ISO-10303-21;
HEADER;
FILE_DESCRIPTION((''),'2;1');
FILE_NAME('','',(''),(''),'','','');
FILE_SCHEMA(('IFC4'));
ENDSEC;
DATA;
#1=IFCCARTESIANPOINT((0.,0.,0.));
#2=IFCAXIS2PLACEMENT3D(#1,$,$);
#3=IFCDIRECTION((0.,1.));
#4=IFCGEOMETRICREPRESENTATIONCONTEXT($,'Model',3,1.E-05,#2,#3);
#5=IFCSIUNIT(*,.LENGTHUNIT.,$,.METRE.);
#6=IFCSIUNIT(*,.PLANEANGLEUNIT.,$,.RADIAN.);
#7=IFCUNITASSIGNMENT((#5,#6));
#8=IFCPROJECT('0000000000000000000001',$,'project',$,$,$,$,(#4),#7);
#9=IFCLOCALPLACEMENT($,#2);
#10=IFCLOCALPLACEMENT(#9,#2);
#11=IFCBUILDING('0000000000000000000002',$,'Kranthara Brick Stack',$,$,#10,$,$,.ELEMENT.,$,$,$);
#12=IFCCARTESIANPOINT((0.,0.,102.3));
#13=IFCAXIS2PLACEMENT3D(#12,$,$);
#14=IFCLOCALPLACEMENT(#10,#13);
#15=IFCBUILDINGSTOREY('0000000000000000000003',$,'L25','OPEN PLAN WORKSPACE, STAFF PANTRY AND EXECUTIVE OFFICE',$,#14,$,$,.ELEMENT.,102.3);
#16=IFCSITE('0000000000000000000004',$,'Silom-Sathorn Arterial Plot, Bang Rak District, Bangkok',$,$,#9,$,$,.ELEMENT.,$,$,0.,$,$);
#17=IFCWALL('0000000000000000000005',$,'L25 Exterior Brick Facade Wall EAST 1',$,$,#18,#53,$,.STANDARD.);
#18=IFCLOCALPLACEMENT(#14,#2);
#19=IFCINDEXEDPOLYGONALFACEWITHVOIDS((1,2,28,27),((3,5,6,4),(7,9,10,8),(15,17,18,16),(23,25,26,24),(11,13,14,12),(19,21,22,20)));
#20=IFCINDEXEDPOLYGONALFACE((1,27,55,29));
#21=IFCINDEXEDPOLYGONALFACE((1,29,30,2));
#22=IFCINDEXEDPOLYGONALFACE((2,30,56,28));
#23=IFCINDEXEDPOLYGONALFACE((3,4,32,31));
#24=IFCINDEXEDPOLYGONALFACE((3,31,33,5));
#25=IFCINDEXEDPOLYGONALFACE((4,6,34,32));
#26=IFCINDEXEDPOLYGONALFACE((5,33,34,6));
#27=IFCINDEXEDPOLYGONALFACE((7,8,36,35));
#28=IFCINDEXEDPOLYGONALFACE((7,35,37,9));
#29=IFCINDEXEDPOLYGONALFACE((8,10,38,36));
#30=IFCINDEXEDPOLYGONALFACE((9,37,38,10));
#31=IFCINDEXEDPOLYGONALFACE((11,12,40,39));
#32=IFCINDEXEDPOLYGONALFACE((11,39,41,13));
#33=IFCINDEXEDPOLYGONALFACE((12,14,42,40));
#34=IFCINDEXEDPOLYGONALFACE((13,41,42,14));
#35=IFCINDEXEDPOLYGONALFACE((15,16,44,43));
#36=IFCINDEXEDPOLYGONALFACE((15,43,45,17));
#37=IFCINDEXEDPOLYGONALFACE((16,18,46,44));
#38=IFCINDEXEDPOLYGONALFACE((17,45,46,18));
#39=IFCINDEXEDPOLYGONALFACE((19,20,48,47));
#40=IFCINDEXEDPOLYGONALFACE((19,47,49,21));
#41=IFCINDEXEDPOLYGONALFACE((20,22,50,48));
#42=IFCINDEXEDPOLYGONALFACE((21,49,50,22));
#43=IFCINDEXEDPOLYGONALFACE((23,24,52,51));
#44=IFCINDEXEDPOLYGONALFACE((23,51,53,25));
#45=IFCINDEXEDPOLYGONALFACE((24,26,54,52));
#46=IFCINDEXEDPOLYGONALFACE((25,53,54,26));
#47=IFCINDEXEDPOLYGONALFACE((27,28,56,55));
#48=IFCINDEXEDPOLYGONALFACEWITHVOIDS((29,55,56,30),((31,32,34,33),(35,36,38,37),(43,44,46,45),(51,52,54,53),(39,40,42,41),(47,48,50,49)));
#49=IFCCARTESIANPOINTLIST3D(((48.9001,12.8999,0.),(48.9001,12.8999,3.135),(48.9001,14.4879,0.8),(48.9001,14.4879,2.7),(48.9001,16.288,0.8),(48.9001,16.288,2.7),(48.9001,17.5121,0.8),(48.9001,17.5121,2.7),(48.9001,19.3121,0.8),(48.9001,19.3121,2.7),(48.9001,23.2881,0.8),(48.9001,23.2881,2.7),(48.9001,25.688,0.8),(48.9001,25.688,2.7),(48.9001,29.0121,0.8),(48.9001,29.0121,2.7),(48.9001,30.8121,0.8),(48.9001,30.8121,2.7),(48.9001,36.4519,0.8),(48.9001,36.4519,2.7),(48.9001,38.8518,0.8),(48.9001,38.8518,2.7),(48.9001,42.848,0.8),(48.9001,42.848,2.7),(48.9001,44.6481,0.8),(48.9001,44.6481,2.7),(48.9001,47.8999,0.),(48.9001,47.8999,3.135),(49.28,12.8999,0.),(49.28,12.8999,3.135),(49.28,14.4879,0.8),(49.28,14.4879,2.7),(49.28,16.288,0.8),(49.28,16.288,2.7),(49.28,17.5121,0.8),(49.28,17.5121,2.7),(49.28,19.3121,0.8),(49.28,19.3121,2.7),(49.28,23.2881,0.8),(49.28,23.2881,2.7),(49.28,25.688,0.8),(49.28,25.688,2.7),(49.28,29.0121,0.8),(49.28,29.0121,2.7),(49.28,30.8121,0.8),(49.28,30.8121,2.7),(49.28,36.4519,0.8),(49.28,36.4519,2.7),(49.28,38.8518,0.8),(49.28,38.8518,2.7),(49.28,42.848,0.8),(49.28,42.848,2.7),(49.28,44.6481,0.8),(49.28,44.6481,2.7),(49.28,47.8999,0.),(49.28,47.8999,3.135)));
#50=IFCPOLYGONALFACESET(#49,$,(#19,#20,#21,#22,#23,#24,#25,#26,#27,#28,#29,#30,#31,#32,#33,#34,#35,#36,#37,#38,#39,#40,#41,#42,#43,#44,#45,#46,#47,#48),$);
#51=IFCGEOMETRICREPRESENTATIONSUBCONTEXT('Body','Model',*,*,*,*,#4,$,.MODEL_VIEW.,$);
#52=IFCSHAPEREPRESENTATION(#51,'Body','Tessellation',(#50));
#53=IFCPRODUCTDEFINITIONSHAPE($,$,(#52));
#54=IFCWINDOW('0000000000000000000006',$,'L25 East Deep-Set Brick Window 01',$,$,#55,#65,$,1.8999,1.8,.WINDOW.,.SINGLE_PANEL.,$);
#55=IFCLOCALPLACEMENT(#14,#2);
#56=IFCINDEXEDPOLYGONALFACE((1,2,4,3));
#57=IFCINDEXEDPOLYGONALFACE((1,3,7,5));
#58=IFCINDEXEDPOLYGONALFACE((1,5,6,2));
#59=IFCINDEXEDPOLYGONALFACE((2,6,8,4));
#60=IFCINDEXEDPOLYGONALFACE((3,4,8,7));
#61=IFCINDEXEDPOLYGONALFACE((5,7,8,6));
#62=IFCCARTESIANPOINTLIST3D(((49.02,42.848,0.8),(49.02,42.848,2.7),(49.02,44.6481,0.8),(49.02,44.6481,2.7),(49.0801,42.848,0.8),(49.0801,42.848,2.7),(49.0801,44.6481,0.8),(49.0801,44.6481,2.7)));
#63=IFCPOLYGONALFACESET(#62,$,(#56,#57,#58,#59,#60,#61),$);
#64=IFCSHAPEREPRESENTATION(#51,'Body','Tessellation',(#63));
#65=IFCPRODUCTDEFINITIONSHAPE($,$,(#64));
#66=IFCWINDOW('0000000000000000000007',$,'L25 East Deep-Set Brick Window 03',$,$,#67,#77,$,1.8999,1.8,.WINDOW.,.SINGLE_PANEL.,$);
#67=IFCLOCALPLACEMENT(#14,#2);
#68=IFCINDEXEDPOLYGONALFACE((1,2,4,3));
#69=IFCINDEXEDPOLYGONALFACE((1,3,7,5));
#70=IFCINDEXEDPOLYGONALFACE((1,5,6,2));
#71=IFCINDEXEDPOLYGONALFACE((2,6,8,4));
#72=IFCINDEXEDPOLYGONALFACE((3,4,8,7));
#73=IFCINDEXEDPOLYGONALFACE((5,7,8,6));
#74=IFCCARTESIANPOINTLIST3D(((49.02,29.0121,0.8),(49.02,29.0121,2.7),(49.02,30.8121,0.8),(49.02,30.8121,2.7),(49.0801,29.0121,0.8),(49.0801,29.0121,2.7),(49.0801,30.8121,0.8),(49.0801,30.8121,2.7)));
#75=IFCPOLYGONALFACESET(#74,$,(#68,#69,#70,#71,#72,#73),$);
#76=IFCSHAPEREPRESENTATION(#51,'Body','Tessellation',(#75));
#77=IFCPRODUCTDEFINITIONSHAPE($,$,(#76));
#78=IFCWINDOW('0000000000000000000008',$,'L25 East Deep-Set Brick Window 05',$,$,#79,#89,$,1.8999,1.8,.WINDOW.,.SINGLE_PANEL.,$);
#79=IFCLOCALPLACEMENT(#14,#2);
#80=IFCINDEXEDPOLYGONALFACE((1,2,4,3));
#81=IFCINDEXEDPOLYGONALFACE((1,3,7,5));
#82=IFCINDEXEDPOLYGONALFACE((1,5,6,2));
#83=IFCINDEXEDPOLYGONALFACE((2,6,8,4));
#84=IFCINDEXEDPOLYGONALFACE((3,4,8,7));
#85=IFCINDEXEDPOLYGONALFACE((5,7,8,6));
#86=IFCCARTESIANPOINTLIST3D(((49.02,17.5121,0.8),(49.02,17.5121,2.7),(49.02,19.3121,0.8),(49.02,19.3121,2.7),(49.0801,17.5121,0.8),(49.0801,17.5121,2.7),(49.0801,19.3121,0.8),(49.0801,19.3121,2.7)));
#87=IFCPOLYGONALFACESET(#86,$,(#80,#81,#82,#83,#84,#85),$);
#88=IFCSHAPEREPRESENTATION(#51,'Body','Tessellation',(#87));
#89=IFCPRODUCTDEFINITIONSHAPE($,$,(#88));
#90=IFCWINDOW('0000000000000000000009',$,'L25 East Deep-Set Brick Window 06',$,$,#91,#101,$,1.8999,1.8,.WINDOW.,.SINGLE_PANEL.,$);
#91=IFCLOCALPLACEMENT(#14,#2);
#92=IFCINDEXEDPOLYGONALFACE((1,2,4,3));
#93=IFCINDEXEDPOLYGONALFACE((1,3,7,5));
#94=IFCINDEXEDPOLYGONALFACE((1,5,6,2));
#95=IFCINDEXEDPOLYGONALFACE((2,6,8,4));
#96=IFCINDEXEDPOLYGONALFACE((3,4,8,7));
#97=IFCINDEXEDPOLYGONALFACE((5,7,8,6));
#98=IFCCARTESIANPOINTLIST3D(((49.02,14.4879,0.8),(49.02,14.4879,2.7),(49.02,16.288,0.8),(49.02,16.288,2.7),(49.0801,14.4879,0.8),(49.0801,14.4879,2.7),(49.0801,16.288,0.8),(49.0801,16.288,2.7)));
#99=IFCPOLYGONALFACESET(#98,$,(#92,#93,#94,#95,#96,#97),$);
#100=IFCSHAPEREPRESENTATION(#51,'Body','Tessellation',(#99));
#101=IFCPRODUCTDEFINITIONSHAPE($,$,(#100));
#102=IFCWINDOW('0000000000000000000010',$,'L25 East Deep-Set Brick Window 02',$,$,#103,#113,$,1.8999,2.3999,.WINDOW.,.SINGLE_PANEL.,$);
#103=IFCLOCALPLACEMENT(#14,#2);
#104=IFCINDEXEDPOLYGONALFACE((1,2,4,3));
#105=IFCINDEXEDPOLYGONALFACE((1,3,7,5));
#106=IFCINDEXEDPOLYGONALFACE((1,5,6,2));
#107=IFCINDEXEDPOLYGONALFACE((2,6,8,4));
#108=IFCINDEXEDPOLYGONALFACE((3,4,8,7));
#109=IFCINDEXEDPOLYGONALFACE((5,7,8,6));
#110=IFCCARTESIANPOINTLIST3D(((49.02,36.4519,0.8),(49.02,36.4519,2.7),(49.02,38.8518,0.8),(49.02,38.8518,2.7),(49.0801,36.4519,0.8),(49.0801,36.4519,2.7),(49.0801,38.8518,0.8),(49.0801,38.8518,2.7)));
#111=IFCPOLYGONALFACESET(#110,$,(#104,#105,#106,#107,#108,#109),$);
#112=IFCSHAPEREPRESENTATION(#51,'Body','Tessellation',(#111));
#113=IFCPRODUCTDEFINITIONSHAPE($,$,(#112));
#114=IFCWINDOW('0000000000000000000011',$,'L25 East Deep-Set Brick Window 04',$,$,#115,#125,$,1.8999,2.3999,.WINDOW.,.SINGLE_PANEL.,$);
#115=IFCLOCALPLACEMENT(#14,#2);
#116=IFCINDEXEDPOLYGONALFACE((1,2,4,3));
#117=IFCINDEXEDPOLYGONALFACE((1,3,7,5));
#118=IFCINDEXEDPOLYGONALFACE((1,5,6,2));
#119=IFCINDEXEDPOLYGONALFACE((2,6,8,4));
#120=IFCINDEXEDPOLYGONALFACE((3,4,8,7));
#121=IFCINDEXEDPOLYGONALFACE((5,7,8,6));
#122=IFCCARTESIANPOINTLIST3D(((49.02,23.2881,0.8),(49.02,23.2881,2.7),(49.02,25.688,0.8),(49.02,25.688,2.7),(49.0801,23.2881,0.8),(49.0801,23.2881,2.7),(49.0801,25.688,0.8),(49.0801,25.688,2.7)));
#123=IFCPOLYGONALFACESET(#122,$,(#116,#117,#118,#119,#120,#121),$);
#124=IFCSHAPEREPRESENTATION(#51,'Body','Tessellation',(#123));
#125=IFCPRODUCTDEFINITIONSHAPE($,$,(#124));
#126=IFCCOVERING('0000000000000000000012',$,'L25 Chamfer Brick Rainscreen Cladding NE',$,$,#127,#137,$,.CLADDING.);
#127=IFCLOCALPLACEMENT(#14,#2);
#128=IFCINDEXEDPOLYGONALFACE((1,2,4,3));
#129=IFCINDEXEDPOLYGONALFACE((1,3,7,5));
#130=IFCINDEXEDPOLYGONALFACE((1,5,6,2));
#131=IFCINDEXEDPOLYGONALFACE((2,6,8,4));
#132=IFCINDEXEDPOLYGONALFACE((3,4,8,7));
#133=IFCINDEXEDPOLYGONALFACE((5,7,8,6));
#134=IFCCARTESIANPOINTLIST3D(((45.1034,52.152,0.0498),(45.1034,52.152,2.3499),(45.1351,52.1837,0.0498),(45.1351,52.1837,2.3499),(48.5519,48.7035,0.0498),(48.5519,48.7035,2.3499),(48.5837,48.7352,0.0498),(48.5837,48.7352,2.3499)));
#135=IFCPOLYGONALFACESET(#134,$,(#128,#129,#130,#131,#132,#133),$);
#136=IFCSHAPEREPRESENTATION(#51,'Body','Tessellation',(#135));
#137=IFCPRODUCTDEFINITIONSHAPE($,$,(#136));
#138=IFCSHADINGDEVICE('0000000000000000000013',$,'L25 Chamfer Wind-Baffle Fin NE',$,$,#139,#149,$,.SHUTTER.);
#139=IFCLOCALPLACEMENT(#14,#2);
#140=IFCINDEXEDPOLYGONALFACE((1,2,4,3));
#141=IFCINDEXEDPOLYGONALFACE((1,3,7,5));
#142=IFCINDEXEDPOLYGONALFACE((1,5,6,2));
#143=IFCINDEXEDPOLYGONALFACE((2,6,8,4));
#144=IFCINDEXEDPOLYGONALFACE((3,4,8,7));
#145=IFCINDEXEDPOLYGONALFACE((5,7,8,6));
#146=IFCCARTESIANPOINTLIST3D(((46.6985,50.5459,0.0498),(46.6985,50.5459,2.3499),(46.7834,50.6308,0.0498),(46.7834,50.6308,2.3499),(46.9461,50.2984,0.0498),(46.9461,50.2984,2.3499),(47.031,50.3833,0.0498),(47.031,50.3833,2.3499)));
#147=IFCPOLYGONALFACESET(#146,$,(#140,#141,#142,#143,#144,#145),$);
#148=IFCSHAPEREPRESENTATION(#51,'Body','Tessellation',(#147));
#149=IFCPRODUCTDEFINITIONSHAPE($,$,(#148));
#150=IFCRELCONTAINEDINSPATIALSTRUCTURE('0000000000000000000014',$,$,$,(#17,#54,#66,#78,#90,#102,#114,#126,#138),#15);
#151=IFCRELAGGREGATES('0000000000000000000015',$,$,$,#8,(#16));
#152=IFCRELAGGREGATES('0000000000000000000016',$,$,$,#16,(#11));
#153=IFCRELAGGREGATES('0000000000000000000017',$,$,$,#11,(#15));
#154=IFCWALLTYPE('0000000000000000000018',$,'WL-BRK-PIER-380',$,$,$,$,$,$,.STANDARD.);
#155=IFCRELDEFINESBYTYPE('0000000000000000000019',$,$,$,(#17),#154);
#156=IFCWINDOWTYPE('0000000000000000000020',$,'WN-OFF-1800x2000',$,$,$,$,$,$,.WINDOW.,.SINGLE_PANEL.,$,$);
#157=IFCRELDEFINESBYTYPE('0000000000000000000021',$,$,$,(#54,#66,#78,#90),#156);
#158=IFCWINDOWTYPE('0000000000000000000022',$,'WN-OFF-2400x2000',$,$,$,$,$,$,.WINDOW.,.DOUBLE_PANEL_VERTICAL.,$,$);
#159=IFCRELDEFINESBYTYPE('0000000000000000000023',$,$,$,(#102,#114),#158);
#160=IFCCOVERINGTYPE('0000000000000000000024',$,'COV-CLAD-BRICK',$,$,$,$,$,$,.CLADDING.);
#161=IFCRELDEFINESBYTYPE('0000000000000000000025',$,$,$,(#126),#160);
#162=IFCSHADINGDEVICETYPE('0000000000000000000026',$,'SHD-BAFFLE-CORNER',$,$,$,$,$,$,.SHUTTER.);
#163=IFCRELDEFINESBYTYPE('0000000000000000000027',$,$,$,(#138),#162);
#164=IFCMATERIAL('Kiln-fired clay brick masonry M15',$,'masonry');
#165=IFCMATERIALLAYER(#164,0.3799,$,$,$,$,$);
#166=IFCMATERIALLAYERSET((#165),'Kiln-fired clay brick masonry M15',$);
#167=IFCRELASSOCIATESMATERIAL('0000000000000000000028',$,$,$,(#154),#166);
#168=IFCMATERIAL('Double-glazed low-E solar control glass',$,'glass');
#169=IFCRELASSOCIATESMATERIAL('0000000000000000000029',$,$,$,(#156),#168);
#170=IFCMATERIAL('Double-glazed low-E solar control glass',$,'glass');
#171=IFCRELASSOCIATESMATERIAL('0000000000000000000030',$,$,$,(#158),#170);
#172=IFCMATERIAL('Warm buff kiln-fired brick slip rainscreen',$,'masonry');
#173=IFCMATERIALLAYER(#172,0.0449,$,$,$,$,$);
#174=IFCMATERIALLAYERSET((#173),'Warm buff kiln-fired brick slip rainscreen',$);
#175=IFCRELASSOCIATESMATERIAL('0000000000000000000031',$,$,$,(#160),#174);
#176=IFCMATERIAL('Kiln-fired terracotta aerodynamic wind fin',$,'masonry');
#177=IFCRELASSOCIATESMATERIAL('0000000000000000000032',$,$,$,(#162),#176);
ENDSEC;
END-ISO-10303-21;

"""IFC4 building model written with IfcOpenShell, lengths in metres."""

from ifc_helpers import new_model, si_unit, direction, frame, frame_2d, origin, origin_2d, place, context, subcontext, project, spatial, rectangle, extrude, material, layer, layer_set, type_object, element, fill, save


model = new_model("IFC4")

# Units and contexts
model_context = context("Model", 3, precision=1e-05, world=origin(), true_north=direction((0.0, 1.0)))
body_context = subcontext(model_context, "Body", "Model", "MODEL_VIEW")
ifc_project = project(units=[si_unit("LENGTHUNIT", "METRE"), si_unit("PLANEANGLEUNIT", "RADIAN")], contexts=[model_context])

# Site, building, storey
site_placement = place(None, origin())
site = spatial("IfcSite", under=ifc_project, at=site_placement, Name="Silom-Sathorn Arterial Plot, Bang Rak District, Bangkok", CompositionType="ELEMENT", RefElevation=0.0)
building_placement = place(site_placement, origin())
building = spatial("IfcBuilding", under=site, at=building_placement, Name="Kranthara Brick Stack", CompositionType="ELEMENT")
storey_placement = place(building_placement, frame((0.0, 0.0, 102.3)))
storey = spatial("IfcBuildingStorey", under=building, at=storey_placement, Name="L25", Description="OPEN PLAN WORKSPACE, STAFF PANTRY AND EXECUTIVE OFFICE", CompositionType="ELEMENT", Elevation=102.3)

# Shared definitions
ifc_material_1 = material(Name="Kiln-fired clay brick masonry M15", Category="masonry")
ifc_layer_1 = layer(ifc_material_1, 0.3799)
ifc_layer_set_1 = layer_set([ifc_layer_1], Name="Kiln-fired clay brick masonry M15")
wall_type_1 = type_object("IfcWallType", Name="WL-BRK-PIER-380", PredefinedType="STANDARD", material=ifc_layer_set_1)

# Wall, openings, windows
wall_1_placement = place(storey_placement, frame((49.0901, 47.8999, 0.0), z_axis=(0.0, 0.0, 1.0), x_axis=(0.0, -1.0, 0.0)))
wall_1 = element("IfcWall", 1, at=wall_1_placement, inside=storey, type_object=wall_type_1, Name="L25 Exterior Brick Facade Wall EAST 1", PredefinedType="STANDARD", context=body_context, shape_type="SweptSolid", body=[
    extrude(rectangle(XDim=35.0, YDim=0.3799, at=frame_2d((17.5, 0.0))), origin(), (0.0, 0.0, 1.0), 3.135),
])
opening_1_placement = place(wall_1_placement, frame((3.252, 0.0, 0.8)))
opening_1 = element("IfcOpeningElement", 2, at=opening_1_placement, cuts=wall_1, PredefinedType="OPENING", context=body_context, shape_type="SweptSolid", body=[
    extrude(rectangle(XDim=1.8, YDim=1.8999, at=frame_2d((0.8999, 0.95))), frame((0.0, 0.2, 0.0), z_axis=(0.0, -1.0, 0.0), x_axis=(1.0, 0.0, 0.0)), (0.0, 0.0, 1.0), 0.3999),
])
opening_2_placement = place(wall_1_placement, frame((9.0481, 0.0, 0.8)))
opening_2 = element("IfcOpeningElement", 3, at=opening_2_placement, cuts=wall_1, PredefinedType="OPENING", context=body_context, shape_type="SweptSolid", body=[
    extrude(rectangle(XDim=2.3999, YDim=1.8999, at=frame_2d((1.2, 0.95))), frame((0.0, 0.2, 0.0), z_axis=(0.0, -1.0, 0.0), x_axis=(1.0, 0.0, 0.0)), (0.0, 0.0, 1.0), 0.3999),
])
opening_3_placement = place(wall_1_placement, frame((17.0879, 0.0, 0.8)))
opening_3 = element("IfcOpeningElement", 4, at=opening_3_placement, cuts=wall_1, PredefinedType="OPENING", context=body_context, shape_type="SweptSolid", body=[
    extrude(rectangle(XDim=1.8, YDim=1.8999, at=frame_2d((0.8999, 0.95))), frame((0.0, 0.2, 0.0), z_axis=(0.0, -1.0, 0.0), x_axis=(1.0, 0.0, 0.0)), (0.0, 0.0, 1.0), 0.3999),
])
opening_4_placement = place(wall_1_placement, frame((22.2119, 0.0, 0.8)))
opening_4 = element("IfcOpeningElement", 5, at=opening_4_placement, cuts=wall_1, PredefinedType="OPENING", context=body_context, shape_type="SweptSolid", body=[
    extrude(rectangle(XDim=2.3999, YDim=1.8999, at=frame_2d((1.2, 0.95))), frame((0.0, 0.2, 0.0), z_axis=(0.0, -1.0, 0.0), x_axis=(1.0, 0.0, 0.0)), (0.0, 0.0, 1.0), 0.3999),
])
opening_5_placement = place(wall_1_placement, frame((28.5879, 0.0, 0.8)))
opening_5 = element("IfcOpeningElement", 6, at=opening_5_placement, cuts=wall_1, PredefinedType="OPENING", context=body_context, shape_type="SweptSolid", body=[
    extrude(rectangle(XDim=1.8, YDim=1.8999, at=frame_2d((0.8999, 0.95))), frame((0.0, 0.2, 0.0), z_axis=(0.0, -1.0, 0.0), x_axis=(1.0, 0.0, 0.0)), (0.0, 0.0, 1.0), 0.3999),
])
opening_6_placement = place(wall_1_placement, frame((31.6121, 0.0, 0.8)))
opening_6 = element("IfcOpeningElement", 7, at=opening_6_placement, cuts=wall_1, PredefinedType="OPENING", context=body_context, shape_type="SweptSolid", body=[
    extrude(rectangle(XDim=1.8, YDim=1.8999, at=frame_2d((0.8999, 0.95))), frame((0.0, 0.2, 0.0), z_axis=(0.0, -1.0, 0.0), x_axis=(1.0, 0.0, 0.0)), (0.0, 0.0, 1.0), 0.3999),
])
ifc_material_2 = material(Name="Double-glazed low-E solar control glass", Category="glass")
window_type_1 = type_object("IfcWindowType", Name="WN-OFF-1800x2000", PartitioningType="SINGLE_PANEL", PredefinedType="WINDOW", material=ifc_material_2)
window_1_placement = place(opening_1_placement, origin())
window_1 = element("IfcWindow", 8, at=window_1_placement, inside=storey, type_object=window_type_1, Name="L25 East Deep-Set Brick Window 01", OverallHeight=1.8999, OverallWidth=1.8, PartitioningType="SINGLE_PANEL", PredefinedType="WINDOW", context=body_context, shape_type="SweptSolid", body=[
    extrude(rectangle(XDim=1.8, YDim=1.8999, at=frame_2d((0.8999, 0.95))), frame((0.0, -0.01, 0.0), z_axis=(0.0, -1.0, 0.0), x_axis=(1.0, 0.0, 0.0)), (0.0, 0.0, 1.0), 0.0601),
])
fill(opening_1, window_1)
window_2_placement = place(opening_3_placement, origin())
window_2 = element("IfcWindow", 9, at=window_2_placement, inside=storey, type_object=window_type_1, Name="L25 East Deep-Set Brick Window 03", OverallHeight=1.8999, OverallWidth=1.8, PartitioningType="SINGLE_PANEL", PredefinedType="WINDOW", context=body_context, shape_type="SweptSolid", body=[
    extrude(rectangle(XDim=1.8, YDim=1.8999, at=frame_2d((0.8999, 0.95))), frame((0.0, -0.01, 0.0), z_axis=(0.0, -1.0, 0.0), x_axis=(1.0, 0.0, 0.0)), (0.0, 0.0, 1.0), 0.0601),
])
fill(opening_3, window_2)
window_3_placement = place(opening_5_placement, origin())
window_3 = element("IfcWindow", 10, at=window_3_placement, inside=storey, type_object=window_type_1, Name="L25 East Deep-Set Brick Window 05", OverallHeight=1.8999, OverallWidth=1.8, PartitioningType="SINGLE_PANEL", PredefinedType="WINDOW", context=body_context, shape_type="SweptSolid", body=[
    extrude(rectangle(XDim=1.8, YDim=1.8999, at=frame_2d((0.8999, 0.95))), frame((0.0, -0.01, 0.0), z_axis=(0.0, -1.0, 0.0), x_axis=(1.0, 0.0, 0.0)), (0.0, 0.0, 1.0), 0.0601),
])
fill(opening_5, window_3)
window_4_placement = place(opening_6_placement, origin())
window_4 = element("IfcWindow", 11, at=window_4_placement, inside=storey, type_object=window_type_1, Name="L25 East Deep-Set Brick Window 06", OverallHeight=1.8999, OverallWidth=1.8, PartitioningType="SINGLE_PANEL", PredefinedType="WINDOW", context=body_context, shape_type="SweptSolid", body=[
    extrude(rectangle(XDim=1.8, YDim=1.8999, at=frame_2d((0.8999, 0.95))), frame((0.0, -0.01, 0.0), z_axis=(0.0, -1.0, 0.0), x_axis=(1.0, 0.0, 0.0)), (0.0, 0.0, 1.0), 0.0601),
])
fill(opening_6, window_4)
ifc_material_3 = material(Name="Double-glazed low-E solar control glass", Category="glass")
window_type_2 = type_object("IfcWindowType", Name="WN-OFF-2400x2000", PartitioningType="DOUBLE_PANEL_VERTICAL", PredefinedType="WINDOW", material=ifc_material_3)
window_5_placement = place(opening_2_placement, origin())
window_5 = element("IfcWindow", 12, at=window_5_placement, inside=storey, type_object=window_type_2, Name="L25 East Deep-Set Brick Window 02", OverallHeight=1.8999, OverallWidth=2.3999, PartitioningType="SINGLE_PANEL", PredefinedType="WINDOW", context=body_context, shape_type="SweptSolid", body=[
    extrude(rectangle(XDim=2.3999, YDim=1.8999, at=frame_2d((1.2, 0.95))), frame((0.0, -0.01, 0.0), z_axis=(0.0, -1.0, 0.0), x_axis=(1.0, 0.0, 0.0)), (0.0, 0.0, 1.0), 0.0601),
])
fill(opening_2, window_5)
window_6_placement = place(opening_4_placement, origin())
window_6 = element("IfcWindow", 13, at=window_6_placement, inside=storey, type_object=window_type_2, Name="L25 East Deep-Set Brick Window 04", OverallHeight=1.8999, OverallWidth=2.3999, PartitioningType="SINGLE_PANEL", PredefinedType="WINDOW", context=body_context, shape_type="SweptSolid", body=[
    extrude(rectangle(XDim=2.3999, YDim=1.8999, at=frame_2d((1.2, 0.95))), frame((0.0, -0.01, 0.0), z_axis=(0.0, -1.0, 0.0), x_axis=(1.0, 0.0, 0.0)), (0.0, 0.0, 1.0), 0.0601),
])
fill(opening_4, window_6)

# Covering
ifc_material_4 = material(Name="Warm buff kiln-fired brick slip rainscreen", Category="masonry")
ifc_layer_2 = layer(ifc_material_4, 0.0449)
ifc_layer_set_2 = layer_set([ifc_layer_2], Name="Warm buff kiln-fired brick slip rainscreen")
covering_type = type_object("IfcCoveringType", Name="COV-CLAD-BRICK", PredefinedType="CLADDING", material=ifc_layer_set_2)
covering_placement = place(storey_placement, frame((46.8435, 50.4436, 0.0498), z_axis=(0.0, 0.0, 1.0), x_axis=(0.707107, -0.707107, 0.0)))
element("IfcCovering", 14, at=covering_placement, inside=storey, type_object=covering_type, Name="L25 Chamfer Brick Rainscreen Cladding NE", PredefinedType="CLADDING", context=body_context, shape_type="SweptSolid", body=[
    extrude(rectangle(XDim=4.877, YDim=0.0449, at=origin_2d()), origin(), (0.0, 0.0, 1.0), 2.3),
])

# Shading device
ifc_material_5 = material(Name="Kiln-fired terracotta aerodynamic wind fin", Category="masonry")
shading_device_type = type_object("IfcShadingDeviceType", Name="SHD-BAFFLE-CORNER", PredefinedType="SHUTTER", material=ifc_material_5)
shading_device_placement = place(storey_placement, frame((46.8647, 50.4646, 0.0498), z_axis=(0.0, 0.0, 1.0), x_axis=(0.707107, -0.707107, 0.0)))
element("IfcShadingDevice", 15, at=shading_device_placement, inside=storey, type_object=shading_device_type, Name="L25 Chamfer Wind-Baffle Fin NE", PredefinedType="SHUTTER", context=body_context, shape_type="SweptSolid", body=[
    extrude(rectangle(XDim=0.3501, YDim=0.1201, at=origin_2d()), origin(), (0.0, 0.0, 1.0), 2.3),
])

save(model, "model.ifc")
